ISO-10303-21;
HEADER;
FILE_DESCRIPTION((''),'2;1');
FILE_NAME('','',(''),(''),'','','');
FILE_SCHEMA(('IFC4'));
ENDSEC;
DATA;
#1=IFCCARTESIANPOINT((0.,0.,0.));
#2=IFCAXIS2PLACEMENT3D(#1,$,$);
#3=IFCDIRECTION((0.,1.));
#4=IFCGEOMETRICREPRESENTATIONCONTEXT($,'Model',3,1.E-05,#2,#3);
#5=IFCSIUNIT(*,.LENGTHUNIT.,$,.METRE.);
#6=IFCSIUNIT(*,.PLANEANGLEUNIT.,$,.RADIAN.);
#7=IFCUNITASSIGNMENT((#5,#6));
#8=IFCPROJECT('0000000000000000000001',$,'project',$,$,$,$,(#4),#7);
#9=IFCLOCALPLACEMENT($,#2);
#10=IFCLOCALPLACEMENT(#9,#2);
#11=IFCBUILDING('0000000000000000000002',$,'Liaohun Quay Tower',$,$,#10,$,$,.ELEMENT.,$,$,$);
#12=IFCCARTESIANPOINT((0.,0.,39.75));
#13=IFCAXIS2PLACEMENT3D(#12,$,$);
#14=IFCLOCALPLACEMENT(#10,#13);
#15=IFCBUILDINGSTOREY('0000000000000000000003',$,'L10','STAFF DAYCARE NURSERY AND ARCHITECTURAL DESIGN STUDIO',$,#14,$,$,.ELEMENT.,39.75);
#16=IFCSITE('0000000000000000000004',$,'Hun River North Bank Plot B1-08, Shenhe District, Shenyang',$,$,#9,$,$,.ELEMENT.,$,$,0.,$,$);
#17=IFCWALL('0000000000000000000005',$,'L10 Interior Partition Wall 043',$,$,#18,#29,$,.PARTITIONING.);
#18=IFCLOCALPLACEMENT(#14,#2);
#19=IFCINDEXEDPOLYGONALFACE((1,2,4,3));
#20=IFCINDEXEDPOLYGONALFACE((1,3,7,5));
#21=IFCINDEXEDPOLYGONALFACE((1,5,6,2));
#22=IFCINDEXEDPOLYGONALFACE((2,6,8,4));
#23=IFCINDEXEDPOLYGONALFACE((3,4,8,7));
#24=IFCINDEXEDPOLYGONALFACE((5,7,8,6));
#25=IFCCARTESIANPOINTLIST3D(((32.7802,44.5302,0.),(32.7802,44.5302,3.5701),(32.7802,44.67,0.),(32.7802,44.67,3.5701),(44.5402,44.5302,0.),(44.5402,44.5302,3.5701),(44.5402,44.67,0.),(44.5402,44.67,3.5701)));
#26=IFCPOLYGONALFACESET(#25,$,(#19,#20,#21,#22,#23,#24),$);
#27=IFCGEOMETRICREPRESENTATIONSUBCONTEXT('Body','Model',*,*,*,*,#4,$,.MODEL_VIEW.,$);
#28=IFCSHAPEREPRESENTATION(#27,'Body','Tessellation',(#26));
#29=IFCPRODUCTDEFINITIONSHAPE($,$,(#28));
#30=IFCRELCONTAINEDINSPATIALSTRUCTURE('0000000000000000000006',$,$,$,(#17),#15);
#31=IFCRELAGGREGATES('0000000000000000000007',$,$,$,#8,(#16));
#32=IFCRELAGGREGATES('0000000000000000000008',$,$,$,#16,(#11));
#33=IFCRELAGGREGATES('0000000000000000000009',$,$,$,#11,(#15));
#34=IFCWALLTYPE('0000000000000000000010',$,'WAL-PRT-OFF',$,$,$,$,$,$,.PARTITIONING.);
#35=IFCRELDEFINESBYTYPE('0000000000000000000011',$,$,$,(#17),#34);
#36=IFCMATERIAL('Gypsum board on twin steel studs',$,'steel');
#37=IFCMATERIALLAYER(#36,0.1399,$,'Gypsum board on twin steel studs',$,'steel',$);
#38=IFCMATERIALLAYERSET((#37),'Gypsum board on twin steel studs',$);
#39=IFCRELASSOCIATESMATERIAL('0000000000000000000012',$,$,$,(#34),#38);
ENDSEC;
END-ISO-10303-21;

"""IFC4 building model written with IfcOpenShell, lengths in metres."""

from ifc_helpers import new_model, si_unit, direction, frame, frame_2d, origin, place, context, subcontext, project, spatial, rectangle, extrude, material, layer, layer_set, type_object, element, save


model = new_model("IFC4")

# Units and contexts
model_context = context("Model", 3, precision=1e-05, world=origin(), true_north=direction((0.0, 1.0)))
body_context = subcontext(model_context, "Body", "Model", "MODEL_VIEW")
ifc_project = project(units=[si_unit("LENGTHUNIT", "METRE"), si_unit("PLANEANGLEUNIT", "RADIAN")], contexts=[model_context])

# Site, building, storey
site_placement = place(None, origin())
site = spatial("IfcSite", under=ifc_project, at=site_placement, Name="Hun River North Bank Plot B1-08, Shenhe District, Shenyang", CompositionType="ELEMENT", RefElevation=0.0)
building_placement = place(site_placement, origin())
building = spatial("IfcBuilding", under=site, at=building_placement, Name="Liaohun Quay Tower", CompositionType="ELEMENT")
storey_placement = place(building_placement, frame((0.0, 0.0, 39.75)))
storey = spatial("IfcBuildingStorey", under=building, at=storey_placement, Name="L10", Description="STAFF DAYCARE NURSERY AND ARCHITECTURAL DESIGN STUDIO", CompositionType="ELEMENT", Elevation=39.75)

# Wall
ifc_material_1 = material(Name="Gypsum board on twin steel studs", Category="steel")
ifc_layer_1 = layer(ifc_material_1, 0.1399, Name="Gypsum board on twin steel studs", Category="steel")
ifc_layer_set_1 = layer_set([ifc_layer_1], Name="Gypsum board on twin steel studs")
wall_type_1 = type_object("IfcWallType", Name="WAL-PRT-OFF", PredefinedType="PARTITIONING", material=ifc_layer_set_1)
wall_1_placement = place(storey_placement, frame((44.54, 44.6001, 0.0), z_axis=(0.0, 0.0, 1.0), x_axis=(-1.0, 0.0, 0.0)))
element("IfcWall", 1, at=wall_1_placement, inside=storey, type_object=wall_type_1, Name="L10 Interior Partition Wall 043", PredefinedType="PARTITIONING", context=body_context, shape_type="SweptSolid", body=[
    extrude(rectangle(XDim=11.76, YDim=0.1399, at=frame_2d((5.8799, 0.0))), origin(), (0.0, 0.0, 1.0), 3.5701),
])

save(model, "model.ifc")
